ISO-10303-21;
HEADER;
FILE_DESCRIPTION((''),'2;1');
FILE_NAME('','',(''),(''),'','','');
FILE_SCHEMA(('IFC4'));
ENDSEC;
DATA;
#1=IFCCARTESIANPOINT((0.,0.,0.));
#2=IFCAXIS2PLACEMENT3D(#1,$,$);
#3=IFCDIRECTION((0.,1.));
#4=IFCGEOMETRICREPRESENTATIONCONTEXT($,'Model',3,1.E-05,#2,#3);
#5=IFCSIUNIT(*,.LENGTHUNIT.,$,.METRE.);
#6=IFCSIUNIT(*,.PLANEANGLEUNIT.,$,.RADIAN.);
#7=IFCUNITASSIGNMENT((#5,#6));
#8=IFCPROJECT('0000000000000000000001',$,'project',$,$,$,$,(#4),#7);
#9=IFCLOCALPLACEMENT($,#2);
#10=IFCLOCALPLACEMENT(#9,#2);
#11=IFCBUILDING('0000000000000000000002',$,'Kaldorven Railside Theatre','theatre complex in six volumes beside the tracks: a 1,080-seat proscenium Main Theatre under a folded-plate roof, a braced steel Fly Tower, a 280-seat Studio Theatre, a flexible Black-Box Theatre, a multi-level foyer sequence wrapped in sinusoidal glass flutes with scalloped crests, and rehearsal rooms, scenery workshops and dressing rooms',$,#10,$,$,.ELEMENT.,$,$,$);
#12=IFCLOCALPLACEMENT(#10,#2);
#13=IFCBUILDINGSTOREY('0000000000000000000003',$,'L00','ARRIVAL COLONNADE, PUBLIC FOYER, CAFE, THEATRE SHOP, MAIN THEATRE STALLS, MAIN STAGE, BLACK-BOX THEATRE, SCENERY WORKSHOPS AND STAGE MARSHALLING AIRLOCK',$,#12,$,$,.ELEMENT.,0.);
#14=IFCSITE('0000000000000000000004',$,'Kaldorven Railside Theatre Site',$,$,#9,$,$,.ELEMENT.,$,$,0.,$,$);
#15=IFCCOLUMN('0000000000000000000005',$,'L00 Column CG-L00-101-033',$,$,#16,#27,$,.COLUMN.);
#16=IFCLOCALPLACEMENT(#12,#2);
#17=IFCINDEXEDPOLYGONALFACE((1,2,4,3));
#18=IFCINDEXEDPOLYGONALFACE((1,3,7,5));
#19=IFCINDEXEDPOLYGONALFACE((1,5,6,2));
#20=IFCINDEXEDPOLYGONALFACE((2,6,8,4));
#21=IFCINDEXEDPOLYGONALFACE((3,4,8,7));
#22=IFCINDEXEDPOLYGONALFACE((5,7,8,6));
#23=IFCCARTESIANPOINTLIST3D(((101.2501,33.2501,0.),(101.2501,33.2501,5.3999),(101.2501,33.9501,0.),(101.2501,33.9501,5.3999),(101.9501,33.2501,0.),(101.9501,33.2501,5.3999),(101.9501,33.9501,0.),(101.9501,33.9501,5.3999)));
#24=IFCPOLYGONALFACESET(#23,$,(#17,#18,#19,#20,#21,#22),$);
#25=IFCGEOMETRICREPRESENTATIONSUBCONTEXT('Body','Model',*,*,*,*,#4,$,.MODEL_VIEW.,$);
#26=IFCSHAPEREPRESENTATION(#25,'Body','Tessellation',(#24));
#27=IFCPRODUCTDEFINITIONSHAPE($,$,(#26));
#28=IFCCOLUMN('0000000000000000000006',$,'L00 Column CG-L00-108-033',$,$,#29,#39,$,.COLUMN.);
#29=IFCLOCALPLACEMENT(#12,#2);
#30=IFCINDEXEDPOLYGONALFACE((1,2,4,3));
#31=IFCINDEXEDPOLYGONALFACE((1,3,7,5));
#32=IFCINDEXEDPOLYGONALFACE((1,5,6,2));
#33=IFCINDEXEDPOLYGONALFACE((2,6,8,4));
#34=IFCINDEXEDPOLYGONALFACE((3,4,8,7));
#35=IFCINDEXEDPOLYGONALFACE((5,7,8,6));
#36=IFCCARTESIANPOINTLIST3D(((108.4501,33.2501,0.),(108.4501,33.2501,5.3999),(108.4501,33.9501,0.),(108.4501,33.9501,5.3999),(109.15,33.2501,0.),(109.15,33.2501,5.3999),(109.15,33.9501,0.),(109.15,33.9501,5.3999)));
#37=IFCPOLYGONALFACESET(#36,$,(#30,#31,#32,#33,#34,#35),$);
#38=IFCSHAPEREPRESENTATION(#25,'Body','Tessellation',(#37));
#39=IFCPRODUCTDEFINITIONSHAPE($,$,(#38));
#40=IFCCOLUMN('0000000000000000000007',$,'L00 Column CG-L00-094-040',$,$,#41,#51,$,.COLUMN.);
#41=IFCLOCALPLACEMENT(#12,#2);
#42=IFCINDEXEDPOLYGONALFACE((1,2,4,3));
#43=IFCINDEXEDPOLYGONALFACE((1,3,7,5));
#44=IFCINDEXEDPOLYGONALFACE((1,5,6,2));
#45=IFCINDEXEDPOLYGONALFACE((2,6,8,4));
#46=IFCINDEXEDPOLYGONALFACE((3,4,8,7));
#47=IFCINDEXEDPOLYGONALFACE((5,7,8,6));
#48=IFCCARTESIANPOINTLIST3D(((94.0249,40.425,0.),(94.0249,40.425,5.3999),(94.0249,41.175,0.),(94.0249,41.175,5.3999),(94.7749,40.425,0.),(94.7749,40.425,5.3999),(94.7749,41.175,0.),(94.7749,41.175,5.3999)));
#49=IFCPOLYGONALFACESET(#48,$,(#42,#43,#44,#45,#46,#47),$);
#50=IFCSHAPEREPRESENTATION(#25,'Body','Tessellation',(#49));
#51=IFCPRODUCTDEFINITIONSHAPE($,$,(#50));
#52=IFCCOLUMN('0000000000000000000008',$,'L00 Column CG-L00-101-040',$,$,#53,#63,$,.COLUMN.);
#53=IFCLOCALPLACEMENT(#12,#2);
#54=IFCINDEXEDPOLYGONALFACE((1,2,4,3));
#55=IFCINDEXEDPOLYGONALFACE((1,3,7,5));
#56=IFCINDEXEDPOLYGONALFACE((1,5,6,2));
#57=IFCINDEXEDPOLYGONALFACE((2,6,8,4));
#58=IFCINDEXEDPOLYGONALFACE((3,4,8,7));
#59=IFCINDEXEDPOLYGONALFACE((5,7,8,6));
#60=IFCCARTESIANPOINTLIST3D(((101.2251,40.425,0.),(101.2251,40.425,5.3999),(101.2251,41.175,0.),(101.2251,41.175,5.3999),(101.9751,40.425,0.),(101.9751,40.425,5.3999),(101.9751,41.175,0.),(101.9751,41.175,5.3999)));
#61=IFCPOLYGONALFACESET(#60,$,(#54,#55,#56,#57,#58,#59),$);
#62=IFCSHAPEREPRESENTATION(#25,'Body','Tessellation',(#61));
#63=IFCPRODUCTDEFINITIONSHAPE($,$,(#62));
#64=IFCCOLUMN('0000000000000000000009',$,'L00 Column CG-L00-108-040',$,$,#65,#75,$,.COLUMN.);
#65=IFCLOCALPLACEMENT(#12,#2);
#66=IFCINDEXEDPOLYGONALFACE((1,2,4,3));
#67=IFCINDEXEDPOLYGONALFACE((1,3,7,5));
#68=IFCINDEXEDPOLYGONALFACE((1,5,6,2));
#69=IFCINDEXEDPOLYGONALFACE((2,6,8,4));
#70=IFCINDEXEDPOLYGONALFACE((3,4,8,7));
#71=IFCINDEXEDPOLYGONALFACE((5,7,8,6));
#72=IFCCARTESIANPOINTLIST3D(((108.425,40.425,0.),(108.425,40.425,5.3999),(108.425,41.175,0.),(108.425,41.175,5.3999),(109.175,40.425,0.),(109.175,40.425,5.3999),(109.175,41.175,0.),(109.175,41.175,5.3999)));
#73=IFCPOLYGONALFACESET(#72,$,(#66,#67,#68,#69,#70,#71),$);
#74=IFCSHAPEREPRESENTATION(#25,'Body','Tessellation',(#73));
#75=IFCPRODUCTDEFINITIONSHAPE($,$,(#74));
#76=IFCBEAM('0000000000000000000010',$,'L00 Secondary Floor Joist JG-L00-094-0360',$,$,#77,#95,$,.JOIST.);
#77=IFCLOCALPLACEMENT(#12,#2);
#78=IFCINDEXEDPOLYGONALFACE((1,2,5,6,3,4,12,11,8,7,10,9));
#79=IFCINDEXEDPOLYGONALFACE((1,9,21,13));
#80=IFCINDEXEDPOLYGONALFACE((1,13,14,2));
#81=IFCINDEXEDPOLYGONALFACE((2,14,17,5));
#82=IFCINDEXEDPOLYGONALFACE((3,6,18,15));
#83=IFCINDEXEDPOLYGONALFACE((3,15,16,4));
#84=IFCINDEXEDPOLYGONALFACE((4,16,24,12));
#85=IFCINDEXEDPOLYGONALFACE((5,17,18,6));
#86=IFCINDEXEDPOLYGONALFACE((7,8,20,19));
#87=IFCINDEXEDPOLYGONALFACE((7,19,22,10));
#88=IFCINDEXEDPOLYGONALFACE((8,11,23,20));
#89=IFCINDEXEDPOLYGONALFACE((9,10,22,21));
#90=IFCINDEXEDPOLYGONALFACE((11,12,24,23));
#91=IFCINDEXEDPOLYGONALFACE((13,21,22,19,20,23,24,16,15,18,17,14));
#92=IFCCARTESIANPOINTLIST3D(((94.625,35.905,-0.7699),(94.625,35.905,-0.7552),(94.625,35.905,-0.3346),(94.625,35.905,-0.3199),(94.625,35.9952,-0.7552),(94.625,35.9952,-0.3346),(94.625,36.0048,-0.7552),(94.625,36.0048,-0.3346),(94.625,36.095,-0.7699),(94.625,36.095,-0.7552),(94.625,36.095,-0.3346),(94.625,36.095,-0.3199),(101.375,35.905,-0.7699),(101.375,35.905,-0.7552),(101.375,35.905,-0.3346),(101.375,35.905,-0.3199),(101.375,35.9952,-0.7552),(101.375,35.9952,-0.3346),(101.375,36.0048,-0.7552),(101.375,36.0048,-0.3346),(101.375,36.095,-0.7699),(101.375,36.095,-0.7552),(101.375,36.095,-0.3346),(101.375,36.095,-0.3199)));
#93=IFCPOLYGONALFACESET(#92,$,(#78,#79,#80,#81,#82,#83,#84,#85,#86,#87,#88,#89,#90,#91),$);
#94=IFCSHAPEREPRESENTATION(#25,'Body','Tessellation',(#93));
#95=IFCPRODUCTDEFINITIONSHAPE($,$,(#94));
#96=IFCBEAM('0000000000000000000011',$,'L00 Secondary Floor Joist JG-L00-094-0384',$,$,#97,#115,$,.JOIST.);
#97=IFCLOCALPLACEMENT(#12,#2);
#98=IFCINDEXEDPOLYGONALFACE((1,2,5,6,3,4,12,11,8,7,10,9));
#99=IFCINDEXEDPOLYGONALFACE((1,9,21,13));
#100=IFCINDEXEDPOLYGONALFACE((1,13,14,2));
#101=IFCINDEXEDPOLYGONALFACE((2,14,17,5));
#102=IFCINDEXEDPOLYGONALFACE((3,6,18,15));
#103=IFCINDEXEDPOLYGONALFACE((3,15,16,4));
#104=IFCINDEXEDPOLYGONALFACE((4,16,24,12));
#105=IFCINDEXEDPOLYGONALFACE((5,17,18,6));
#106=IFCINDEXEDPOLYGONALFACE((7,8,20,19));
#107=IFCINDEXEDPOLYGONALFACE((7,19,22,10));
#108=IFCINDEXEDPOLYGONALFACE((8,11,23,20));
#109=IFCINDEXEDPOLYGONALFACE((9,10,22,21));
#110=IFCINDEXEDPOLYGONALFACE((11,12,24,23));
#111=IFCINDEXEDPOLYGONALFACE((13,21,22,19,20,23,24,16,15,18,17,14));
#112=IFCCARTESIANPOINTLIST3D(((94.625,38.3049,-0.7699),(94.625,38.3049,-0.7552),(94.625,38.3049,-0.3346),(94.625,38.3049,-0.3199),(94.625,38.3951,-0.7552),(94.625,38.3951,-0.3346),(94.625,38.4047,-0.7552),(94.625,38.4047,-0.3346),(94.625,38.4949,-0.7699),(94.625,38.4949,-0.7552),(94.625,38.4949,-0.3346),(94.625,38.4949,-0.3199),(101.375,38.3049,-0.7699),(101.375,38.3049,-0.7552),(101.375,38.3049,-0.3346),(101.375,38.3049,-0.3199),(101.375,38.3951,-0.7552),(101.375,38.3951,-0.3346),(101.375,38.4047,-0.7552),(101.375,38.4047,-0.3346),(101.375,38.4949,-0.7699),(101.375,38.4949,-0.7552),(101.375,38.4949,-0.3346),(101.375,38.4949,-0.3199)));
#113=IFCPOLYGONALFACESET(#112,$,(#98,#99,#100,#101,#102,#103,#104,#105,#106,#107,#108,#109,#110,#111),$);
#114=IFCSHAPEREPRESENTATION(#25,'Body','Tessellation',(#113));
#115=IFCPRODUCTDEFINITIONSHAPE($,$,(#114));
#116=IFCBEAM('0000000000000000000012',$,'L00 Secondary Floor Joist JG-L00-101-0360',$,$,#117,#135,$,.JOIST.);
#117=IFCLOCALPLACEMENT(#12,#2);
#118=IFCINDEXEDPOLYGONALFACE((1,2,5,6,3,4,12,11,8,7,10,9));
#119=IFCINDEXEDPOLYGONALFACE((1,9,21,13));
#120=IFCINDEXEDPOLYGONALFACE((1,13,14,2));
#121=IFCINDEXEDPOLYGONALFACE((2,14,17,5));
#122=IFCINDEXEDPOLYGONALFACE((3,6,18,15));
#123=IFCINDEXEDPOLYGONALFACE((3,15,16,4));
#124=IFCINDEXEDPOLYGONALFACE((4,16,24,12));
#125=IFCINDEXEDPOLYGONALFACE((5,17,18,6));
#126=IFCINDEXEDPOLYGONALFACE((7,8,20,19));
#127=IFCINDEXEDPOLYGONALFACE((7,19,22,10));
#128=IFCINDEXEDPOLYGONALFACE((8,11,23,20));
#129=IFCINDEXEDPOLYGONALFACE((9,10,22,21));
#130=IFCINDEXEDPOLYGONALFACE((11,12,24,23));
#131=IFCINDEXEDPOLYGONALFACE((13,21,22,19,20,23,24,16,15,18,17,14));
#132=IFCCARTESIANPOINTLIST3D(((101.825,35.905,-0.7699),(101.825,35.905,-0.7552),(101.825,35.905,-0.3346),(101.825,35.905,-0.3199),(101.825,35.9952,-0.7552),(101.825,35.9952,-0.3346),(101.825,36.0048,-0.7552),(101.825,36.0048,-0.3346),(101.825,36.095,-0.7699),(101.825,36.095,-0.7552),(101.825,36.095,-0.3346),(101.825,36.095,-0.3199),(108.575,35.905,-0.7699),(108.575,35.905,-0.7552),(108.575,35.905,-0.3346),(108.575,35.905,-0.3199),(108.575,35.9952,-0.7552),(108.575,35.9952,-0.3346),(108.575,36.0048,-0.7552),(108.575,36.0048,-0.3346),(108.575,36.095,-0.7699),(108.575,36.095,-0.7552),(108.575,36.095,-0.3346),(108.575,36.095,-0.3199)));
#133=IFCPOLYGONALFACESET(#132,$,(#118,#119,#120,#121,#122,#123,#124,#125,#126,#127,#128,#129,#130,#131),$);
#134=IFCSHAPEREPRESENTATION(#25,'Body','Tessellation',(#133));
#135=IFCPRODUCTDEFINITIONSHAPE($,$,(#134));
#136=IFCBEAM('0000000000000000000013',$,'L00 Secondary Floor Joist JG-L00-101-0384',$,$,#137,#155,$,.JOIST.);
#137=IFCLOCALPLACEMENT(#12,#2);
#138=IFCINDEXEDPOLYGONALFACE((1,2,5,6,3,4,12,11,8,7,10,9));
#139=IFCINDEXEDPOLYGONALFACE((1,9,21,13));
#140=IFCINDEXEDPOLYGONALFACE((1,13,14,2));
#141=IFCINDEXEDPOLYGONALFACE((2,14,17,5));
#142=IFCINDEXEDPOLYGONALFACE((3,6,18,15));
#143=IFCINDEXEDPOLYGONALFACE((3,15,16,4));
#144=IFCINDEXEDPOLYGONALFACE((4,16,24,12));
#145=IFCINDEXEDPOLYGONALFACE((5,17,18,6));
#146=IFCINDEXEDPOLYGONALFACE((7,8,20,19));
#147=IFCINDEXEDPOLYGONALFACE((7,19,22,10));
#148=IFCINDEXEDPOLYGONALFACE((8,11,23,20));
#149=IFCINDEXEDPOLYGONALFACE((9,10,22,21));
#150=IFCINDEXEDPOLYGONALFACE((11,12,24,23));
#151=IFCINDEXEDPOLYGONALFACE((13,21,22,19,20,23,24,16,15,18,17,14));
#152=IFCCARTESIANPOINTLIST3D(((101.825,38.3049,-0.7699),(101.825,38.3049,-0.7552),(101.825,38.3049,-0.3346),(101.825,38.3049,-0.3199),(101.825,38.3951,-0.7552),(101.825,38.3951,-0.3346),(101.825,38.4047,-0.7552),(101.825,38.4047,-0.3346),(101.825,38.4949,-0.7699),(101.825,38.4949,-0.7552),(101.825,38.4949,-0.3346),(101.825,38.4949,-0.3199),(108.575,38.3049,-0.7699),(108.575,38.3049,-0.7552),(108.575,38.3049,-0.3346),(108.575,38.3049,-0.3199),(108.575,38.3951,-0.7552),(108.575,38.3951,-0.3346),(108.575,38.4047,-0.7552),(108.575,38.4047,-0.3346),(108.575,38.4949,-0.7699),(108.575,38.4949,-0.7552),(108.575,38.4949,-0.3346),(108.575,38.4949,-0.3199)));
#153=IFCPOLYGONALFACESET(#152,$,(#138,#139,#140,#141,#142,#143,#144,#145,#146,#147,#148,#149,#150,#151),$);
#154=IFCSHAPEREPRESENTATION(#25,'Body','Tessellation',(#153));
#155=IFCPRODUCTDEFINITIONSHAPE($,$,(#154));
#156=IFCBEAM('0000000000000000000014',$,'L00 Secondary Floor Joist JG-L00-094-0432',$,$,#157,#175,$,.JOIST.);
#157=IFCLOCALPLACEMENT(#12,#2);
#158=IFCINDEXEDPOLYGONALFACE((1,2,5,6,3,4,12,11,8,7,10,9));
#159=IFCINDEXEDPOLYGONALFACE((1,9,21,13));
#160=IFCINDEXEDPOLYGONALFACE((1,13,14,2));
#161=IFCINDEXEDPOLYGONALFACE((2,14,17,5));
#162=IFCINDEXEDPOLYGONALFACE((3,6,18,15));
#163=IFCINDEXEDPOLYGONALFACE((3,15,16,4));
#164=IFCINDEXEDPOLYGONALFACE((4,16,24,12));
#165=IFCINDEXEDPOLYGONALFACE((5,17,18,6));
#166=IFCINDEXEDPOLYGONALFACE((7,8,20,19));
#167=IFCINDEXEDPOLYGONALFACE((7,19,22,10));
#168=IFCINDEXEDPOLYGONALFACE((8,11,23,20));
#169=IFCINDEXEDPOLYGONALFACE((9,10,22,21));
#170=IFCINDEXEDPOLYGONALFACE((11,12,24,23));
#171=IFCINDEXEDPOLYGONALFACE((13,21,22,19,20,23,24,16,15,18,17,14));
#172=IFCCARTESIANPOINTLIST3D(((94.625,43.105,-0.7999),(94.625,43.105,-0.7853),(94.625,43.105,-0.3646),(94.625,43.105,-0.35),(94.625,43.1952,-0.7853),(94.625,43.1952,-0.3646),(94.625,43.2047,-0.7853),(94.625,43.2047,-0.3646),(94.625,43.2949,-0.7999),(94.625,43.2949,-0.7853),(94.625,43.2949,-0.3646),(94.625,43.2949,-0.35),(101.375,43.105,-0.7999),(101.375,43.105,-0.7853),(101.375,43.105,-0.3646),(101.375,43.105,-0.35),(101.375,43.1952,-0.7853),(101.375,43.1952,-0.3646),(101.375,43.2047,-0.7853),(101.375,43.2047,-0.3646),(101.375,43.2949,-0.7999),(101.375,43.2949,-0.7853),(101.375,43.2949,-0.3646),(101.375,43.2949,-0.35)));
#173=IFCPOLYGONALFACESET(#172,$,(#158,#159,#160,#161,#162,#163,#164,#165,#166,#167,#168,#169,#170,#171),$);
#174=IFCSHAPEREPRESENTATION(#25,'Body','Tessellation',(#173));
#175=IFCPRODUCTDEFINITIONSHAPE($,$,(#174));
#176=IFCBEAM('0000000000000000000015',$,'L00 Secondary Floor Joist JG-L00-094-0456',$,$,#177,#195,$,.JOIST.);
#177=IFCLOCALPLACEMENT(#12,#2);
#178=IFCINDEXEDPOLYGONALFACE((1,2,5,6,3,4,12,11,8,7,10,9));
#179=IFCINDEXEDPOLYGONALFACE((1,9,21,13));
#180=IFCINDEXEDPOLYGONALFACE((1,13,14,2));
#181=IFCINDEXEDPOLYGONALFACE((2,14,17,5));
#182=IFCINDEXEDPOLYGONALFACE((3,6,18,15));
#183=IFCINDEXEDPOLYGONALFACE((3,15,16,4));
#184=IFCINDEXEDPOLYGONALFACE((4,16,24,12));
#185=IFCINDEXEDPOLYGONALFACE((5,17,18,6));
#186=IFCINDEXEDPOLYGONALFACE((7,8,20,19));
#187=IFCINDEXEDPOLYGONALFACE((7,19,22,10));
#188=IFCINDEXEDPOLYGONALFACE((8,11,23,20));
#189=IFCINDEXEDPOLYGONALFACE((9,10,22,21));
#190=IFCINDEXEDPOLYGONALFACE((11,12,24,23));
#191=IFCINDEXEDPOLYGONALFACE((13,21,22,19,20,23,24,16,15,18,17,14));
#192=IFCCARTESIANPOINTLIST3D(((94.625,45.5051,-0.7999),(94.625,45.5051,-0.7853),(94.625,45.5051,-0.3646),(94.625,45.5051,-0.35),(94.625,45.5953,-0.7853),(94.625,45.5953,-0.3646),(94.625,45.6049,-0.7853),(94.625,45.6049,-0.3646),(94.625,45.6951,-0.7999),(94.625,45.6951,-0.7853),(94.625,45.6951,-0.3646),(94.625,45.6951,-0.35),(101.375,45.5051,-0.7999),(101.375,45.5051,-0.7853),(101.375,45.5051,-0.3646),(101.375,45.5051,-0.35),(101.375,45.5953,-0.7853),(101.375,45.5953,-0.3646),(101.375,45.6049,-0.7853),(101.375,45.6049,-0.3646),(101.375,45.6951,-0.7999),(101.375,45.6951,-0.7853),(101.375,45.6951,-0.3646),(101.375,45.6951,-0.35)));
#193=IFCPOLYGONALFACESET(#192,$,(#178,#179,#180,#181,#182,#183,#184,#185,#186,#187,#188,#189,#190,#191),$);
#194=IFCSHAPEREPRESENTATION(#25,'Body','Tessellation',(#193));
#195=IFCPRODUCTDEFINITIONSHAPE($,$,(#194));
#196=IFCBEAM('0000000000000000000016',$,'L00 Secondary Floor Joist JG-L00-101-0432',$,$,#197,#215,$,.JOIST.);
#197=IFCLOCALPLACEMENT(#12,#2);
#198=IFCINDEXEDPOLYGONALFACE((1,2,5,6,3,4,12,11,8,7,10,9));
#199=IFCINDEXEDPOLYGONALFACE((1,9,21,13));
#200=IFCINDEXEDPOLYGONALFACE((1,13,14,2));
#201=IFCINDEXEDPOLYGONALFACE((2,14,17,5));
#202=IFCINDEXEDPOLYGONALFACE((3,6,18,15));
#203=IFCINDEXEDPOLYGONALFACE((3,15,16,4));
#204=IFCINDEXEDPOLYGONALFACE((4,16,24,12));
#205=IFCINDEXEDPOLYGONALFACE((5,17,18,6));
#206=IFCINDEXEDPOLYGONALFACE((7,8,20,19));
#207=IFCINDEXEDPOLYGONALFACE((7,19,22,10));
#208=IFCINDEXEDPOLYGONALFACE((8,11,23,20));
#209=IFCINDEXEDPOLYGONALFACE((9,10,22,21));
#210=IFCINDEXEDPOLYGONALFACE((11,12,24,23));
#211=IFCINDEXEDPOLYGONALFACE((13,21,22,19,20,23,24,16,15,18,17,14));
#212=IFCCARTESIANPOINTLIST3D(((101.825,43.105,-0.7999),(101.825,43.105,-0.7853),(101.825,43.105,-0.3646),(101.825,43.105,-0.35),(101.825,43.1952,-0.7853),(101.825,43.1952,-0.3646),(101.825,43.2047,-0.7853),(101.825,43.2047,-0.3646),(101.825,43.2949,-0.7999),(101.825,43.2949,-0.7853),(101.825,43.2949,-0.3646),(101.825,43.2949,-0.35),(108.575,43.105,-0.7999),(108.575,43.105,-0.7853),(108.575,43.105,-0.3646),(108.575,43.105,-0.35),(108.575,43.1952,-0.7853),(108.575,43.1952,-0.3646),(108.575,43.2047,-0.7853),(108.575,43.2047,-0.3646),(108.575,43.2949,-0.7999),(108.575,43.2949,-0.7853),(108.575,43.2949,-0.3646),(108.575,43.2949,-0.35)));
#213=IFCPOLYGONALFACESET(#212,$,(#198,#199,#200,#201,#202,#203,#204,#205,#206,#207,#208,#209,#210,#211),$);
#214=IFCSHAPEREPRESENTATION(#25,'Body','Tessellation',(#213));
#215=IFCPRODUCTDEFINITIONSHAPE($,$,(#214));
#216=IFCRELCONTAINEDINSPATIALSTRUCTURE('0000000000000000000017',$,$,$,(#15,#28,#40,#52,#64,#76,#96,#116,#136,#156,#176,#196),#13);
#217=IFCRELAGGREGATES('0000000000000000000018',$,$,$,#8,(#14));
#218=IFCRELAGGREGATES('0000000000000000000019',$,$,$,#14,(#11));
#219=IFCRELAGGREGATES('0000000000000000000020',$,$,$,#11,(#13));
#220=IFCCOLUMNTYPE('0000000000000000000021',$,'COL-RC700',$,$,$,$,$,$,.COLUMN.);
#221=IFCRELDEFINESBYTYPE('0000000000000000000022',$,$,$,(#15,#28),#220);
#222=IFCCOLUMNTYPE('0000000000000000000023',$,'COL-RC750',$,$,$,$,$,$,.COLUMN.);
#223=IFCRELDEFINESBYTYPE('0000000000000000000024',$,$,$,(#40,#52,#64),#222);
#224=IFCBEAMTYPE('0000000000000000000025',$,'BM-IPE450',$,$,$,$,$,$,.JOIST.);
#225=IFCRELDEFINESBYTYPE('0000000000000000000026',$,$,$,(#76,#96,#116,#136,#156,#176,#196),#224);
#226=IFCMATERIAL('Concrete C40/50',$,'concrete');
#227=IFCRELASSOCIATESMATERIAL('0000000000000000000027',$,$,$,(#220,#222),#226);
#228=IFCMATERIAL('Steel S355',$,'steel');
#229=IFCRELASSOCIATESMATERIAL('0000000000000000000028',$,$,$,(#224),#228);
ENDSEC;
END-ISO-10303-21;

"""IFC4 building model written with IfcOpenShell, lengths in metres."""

from ifc_helpers import new_model, si_unit, direction, frame, origin, origin_2d, place, context, subcontext, project, spatial, rectangle, i_section, extrude, material, material_profile, profile_set, type_object, element, save


model = new_model("IFC4")

# Units and contexts
model_context = context("Model", 3, precision=1e-05, world=origin(), true_north=direction((0.0, 1.0)))
body_context = subcontext(model_context, "Body", "Model", "MODEL_VIEW")
ifc_project = project(units=[si_unit("LENGTHUNIT", "METRE"), si_unit("PLANEANGLEUNIT", "RADIAN")], contexts=[model_context])

# Site, building, storey
site_placement = place(None, origin())
site = spatial("IfcSite", under=ifc_project, at=site_placement, Name="Kaldorven Railside Theatre Site", CompositionType="ELEMENT", RefElevation=0.0)
building_placement = place(site_placement, origin())
building = spatial("IfcBuilding", under=site, at=building_placement, Name="Kaldorven Railside Theatre", Description="theatre complex in six volumes beside the tracks: a 1,080-seat proscenium Main Theatre under a folded-plate roof, a braced steel Fly Tower, a 280-seat Studio Theatre, a flexible Black-Box Theatre, a multi-level foyer sequence wrapped in sinusoidal glass flutes with scalloped crests, and rehearsal rooms, scenery workshops and dressing rooms", CompositionType="ELEMENT")
storey_placement = place(building_placement, origin())
storey = spatial("IfcBuildingStorey", under=building, at=storey_placement, Name="L00", Description="ARRIVAL COLONNADE, PUBLIC FOYER, CAFE, THEATRE SHOP, MAIN THEATRE STALLS, MAIN STAGE, BLACK-BOX THEATRE, SCENERY WORKSHOPS AND STAGE MARSHALLING AIRLOCK", CompositionType="ELEMENT", Elevation=0.0)

# Columns
ifc_material_1 = material(Name="Concrete C40/50", Category="concrete")
ifc_material_profile_1 = material_profile(ifc_material_1, rectangle(XDim=0.7, YDim=0.7, at=origin_2d()), Name="RC 700x700")
ifc_profile_set_1 = profile_set([ifc_material_profile_1], Name="Concrete C40/50")
column_type_1 = type_object("IfcColumnType", Name="COL-RC700", PredefinedType="COLUMN", material=ifc_profile_set_1)
for number, where, z_axis, x_axis, name in (
    (1, (101.6001, 33.6001, 0.0), (0.0, 0.0, 1.0), (0.0, 1.0, 0.0), "L00 Column CG-L00-101-033"),
    (2, (108.8, 33.6001, 0.0), (0.0, 0.0, 1.0), (1.0, 0.0, 0.0), "L00 Column CG-L00-108-033"),
):
    element("IfcColumn", number, at=place(storey_placement, frame(where, z_axis=z_axis, x_axis=x_axis)), inside=storey, type_object=column_type_1, Name=name, PredefinedType="COLUMN", context=body_context, shape_type="SweptSolid", body=[
        extrude(rectangle(XDim=0.7, YDim=0.7, at=origin_2d()), origin(), (0.0, 0.0, 1.0), 5.3999),
    ])
ifc_material_profile_2 = material_profile(ifc_material_1, rectangle(XDim=0.75, YDim=0.75, at=origin_2d()), Name="RC 750x750")
ifc_profile_set_2 = profile_set([ifc_material_profile_2], Name="Concrete C40/50")
column_type_2 = type_object("IfcColumnType", Name="COL-RC750", PredefinedType="COLUMN", material=ifc_profile_set_2)
for number, where, z_axis, x_axis, name in (
    (3, (94.3999, 40.8, 0.0), (0.0, 0.0, 1.0), (0.0, 1.0, 0.0), "L00 Column CG-L00-094-040"),
    (4, (101.6001, 40.8, 0.0), (0.0, 0.0, 1.0), (1.0, 0.0, 0.0), "L00 Column CG-L00-101-040"),
    (5, (108.8, 40.8, 0.0), (0.0, 0.0, 1.0), (0.0, 1.0, 0.0), "L00 Column CG-L00-108-040"),
):
    element("IfcColumn", number, at=place(storey_placement, frame(where, z_axis=z_axis, x_axis=x_axis)), inside=storey, type_object=column_type_2, Name=name, PredefinedType="COLUMN", context=body_context, shape_type="SweptSolid", body=[
        extrude(rectangle(XDim=0.75, YDim=0.75, at=origin_2d()), origin(), (0.0, 0.0, 1.0), 5.3999),
    ])

# Beams
ifc_material_2 = material(Name="Steel S355", Category="steel")
ifc_material_profile_3 = material_profile(ifc_material_2, i_section(OverallWidth=0.1899, OverallDepth=0.45, WebThickness=0.0095, FlangeThickness=0.0146, at=origin_2d()), Name="IPE 450")
ifc_profile_set_3 = profile_set([ifc_material_profile_3], Name="Steel S355")
beam_type_1 = type_object("IfcBeamType", Name="BM-IPE450", PredefinedType="JOIST", material=ifc_profile_set_3)
for number, where, z_axis, x_axis, name in (
    (6, (94.625, 36.0, -0.5449), (1.0, 0.0, 0.0), (0.0, 1.0, 0.0), "L00 Secondary Floor Joist JG-L00-094-0360"),
    (7, (94.625, 38.3999, -0.5449), (1.0, 0.0, 0.0), (0.0, 1.0, 0.0), "L00 Secondary Floor Joist JG-L00-094-0384"),
    (8, (101.825, 36.0, -0.5449), (1.0, 0.0, 0.0), (0.0, 1.0, 0.0), "L00 Secondary Floor Joist JG-L00-101-0360"),
    (9, (101.825, 38.3999, -0.5449), (1.0, 0.0, 0.0), (0.0, 1.0, 0.0), "L00 Secondary Floor Joist JG-L00-101-0384"),
    (10, (94.625, 43.2, -0.575), (1.0, 0.0, 0.0), (0.0, 1.0, 0.0), "L00 Secondary Floor Joist JG-L00-094-0432"),
    (11, (94.625, 45.6001, -0.575), (1.0, 0.0, 0.0), (0.0, 1.0, 0.0), "L00 Secondary Floor Joist JG-L00-094-0456"),
    (12, (101.825, 43.2, -0.575), (1.0, 0.0, 0.0), (0.0, 1.0, 0.0), "L00 Secondary Floor Joist JG-L00-101-0432"),
):
    element("IfcBeam", number, at=place(storey_placement, frame(where, z_axis=z_axis, x_axis=x_axis)), inside=storey, type_object=beam_type_1, Name=name, PredefinedType="JOIST", context=body_context, shape_type="SweptSolid", body=[
        extrude(i_section(OverallWidth=0.1899, OverallDepth=0.45, WebThickness=0.0095, FlangeThickness=0.0146, at=origin_2d()), origin(), (0.0, 0.0, 1.0), 6.75),
    ])

save(model, "model.ifc")
